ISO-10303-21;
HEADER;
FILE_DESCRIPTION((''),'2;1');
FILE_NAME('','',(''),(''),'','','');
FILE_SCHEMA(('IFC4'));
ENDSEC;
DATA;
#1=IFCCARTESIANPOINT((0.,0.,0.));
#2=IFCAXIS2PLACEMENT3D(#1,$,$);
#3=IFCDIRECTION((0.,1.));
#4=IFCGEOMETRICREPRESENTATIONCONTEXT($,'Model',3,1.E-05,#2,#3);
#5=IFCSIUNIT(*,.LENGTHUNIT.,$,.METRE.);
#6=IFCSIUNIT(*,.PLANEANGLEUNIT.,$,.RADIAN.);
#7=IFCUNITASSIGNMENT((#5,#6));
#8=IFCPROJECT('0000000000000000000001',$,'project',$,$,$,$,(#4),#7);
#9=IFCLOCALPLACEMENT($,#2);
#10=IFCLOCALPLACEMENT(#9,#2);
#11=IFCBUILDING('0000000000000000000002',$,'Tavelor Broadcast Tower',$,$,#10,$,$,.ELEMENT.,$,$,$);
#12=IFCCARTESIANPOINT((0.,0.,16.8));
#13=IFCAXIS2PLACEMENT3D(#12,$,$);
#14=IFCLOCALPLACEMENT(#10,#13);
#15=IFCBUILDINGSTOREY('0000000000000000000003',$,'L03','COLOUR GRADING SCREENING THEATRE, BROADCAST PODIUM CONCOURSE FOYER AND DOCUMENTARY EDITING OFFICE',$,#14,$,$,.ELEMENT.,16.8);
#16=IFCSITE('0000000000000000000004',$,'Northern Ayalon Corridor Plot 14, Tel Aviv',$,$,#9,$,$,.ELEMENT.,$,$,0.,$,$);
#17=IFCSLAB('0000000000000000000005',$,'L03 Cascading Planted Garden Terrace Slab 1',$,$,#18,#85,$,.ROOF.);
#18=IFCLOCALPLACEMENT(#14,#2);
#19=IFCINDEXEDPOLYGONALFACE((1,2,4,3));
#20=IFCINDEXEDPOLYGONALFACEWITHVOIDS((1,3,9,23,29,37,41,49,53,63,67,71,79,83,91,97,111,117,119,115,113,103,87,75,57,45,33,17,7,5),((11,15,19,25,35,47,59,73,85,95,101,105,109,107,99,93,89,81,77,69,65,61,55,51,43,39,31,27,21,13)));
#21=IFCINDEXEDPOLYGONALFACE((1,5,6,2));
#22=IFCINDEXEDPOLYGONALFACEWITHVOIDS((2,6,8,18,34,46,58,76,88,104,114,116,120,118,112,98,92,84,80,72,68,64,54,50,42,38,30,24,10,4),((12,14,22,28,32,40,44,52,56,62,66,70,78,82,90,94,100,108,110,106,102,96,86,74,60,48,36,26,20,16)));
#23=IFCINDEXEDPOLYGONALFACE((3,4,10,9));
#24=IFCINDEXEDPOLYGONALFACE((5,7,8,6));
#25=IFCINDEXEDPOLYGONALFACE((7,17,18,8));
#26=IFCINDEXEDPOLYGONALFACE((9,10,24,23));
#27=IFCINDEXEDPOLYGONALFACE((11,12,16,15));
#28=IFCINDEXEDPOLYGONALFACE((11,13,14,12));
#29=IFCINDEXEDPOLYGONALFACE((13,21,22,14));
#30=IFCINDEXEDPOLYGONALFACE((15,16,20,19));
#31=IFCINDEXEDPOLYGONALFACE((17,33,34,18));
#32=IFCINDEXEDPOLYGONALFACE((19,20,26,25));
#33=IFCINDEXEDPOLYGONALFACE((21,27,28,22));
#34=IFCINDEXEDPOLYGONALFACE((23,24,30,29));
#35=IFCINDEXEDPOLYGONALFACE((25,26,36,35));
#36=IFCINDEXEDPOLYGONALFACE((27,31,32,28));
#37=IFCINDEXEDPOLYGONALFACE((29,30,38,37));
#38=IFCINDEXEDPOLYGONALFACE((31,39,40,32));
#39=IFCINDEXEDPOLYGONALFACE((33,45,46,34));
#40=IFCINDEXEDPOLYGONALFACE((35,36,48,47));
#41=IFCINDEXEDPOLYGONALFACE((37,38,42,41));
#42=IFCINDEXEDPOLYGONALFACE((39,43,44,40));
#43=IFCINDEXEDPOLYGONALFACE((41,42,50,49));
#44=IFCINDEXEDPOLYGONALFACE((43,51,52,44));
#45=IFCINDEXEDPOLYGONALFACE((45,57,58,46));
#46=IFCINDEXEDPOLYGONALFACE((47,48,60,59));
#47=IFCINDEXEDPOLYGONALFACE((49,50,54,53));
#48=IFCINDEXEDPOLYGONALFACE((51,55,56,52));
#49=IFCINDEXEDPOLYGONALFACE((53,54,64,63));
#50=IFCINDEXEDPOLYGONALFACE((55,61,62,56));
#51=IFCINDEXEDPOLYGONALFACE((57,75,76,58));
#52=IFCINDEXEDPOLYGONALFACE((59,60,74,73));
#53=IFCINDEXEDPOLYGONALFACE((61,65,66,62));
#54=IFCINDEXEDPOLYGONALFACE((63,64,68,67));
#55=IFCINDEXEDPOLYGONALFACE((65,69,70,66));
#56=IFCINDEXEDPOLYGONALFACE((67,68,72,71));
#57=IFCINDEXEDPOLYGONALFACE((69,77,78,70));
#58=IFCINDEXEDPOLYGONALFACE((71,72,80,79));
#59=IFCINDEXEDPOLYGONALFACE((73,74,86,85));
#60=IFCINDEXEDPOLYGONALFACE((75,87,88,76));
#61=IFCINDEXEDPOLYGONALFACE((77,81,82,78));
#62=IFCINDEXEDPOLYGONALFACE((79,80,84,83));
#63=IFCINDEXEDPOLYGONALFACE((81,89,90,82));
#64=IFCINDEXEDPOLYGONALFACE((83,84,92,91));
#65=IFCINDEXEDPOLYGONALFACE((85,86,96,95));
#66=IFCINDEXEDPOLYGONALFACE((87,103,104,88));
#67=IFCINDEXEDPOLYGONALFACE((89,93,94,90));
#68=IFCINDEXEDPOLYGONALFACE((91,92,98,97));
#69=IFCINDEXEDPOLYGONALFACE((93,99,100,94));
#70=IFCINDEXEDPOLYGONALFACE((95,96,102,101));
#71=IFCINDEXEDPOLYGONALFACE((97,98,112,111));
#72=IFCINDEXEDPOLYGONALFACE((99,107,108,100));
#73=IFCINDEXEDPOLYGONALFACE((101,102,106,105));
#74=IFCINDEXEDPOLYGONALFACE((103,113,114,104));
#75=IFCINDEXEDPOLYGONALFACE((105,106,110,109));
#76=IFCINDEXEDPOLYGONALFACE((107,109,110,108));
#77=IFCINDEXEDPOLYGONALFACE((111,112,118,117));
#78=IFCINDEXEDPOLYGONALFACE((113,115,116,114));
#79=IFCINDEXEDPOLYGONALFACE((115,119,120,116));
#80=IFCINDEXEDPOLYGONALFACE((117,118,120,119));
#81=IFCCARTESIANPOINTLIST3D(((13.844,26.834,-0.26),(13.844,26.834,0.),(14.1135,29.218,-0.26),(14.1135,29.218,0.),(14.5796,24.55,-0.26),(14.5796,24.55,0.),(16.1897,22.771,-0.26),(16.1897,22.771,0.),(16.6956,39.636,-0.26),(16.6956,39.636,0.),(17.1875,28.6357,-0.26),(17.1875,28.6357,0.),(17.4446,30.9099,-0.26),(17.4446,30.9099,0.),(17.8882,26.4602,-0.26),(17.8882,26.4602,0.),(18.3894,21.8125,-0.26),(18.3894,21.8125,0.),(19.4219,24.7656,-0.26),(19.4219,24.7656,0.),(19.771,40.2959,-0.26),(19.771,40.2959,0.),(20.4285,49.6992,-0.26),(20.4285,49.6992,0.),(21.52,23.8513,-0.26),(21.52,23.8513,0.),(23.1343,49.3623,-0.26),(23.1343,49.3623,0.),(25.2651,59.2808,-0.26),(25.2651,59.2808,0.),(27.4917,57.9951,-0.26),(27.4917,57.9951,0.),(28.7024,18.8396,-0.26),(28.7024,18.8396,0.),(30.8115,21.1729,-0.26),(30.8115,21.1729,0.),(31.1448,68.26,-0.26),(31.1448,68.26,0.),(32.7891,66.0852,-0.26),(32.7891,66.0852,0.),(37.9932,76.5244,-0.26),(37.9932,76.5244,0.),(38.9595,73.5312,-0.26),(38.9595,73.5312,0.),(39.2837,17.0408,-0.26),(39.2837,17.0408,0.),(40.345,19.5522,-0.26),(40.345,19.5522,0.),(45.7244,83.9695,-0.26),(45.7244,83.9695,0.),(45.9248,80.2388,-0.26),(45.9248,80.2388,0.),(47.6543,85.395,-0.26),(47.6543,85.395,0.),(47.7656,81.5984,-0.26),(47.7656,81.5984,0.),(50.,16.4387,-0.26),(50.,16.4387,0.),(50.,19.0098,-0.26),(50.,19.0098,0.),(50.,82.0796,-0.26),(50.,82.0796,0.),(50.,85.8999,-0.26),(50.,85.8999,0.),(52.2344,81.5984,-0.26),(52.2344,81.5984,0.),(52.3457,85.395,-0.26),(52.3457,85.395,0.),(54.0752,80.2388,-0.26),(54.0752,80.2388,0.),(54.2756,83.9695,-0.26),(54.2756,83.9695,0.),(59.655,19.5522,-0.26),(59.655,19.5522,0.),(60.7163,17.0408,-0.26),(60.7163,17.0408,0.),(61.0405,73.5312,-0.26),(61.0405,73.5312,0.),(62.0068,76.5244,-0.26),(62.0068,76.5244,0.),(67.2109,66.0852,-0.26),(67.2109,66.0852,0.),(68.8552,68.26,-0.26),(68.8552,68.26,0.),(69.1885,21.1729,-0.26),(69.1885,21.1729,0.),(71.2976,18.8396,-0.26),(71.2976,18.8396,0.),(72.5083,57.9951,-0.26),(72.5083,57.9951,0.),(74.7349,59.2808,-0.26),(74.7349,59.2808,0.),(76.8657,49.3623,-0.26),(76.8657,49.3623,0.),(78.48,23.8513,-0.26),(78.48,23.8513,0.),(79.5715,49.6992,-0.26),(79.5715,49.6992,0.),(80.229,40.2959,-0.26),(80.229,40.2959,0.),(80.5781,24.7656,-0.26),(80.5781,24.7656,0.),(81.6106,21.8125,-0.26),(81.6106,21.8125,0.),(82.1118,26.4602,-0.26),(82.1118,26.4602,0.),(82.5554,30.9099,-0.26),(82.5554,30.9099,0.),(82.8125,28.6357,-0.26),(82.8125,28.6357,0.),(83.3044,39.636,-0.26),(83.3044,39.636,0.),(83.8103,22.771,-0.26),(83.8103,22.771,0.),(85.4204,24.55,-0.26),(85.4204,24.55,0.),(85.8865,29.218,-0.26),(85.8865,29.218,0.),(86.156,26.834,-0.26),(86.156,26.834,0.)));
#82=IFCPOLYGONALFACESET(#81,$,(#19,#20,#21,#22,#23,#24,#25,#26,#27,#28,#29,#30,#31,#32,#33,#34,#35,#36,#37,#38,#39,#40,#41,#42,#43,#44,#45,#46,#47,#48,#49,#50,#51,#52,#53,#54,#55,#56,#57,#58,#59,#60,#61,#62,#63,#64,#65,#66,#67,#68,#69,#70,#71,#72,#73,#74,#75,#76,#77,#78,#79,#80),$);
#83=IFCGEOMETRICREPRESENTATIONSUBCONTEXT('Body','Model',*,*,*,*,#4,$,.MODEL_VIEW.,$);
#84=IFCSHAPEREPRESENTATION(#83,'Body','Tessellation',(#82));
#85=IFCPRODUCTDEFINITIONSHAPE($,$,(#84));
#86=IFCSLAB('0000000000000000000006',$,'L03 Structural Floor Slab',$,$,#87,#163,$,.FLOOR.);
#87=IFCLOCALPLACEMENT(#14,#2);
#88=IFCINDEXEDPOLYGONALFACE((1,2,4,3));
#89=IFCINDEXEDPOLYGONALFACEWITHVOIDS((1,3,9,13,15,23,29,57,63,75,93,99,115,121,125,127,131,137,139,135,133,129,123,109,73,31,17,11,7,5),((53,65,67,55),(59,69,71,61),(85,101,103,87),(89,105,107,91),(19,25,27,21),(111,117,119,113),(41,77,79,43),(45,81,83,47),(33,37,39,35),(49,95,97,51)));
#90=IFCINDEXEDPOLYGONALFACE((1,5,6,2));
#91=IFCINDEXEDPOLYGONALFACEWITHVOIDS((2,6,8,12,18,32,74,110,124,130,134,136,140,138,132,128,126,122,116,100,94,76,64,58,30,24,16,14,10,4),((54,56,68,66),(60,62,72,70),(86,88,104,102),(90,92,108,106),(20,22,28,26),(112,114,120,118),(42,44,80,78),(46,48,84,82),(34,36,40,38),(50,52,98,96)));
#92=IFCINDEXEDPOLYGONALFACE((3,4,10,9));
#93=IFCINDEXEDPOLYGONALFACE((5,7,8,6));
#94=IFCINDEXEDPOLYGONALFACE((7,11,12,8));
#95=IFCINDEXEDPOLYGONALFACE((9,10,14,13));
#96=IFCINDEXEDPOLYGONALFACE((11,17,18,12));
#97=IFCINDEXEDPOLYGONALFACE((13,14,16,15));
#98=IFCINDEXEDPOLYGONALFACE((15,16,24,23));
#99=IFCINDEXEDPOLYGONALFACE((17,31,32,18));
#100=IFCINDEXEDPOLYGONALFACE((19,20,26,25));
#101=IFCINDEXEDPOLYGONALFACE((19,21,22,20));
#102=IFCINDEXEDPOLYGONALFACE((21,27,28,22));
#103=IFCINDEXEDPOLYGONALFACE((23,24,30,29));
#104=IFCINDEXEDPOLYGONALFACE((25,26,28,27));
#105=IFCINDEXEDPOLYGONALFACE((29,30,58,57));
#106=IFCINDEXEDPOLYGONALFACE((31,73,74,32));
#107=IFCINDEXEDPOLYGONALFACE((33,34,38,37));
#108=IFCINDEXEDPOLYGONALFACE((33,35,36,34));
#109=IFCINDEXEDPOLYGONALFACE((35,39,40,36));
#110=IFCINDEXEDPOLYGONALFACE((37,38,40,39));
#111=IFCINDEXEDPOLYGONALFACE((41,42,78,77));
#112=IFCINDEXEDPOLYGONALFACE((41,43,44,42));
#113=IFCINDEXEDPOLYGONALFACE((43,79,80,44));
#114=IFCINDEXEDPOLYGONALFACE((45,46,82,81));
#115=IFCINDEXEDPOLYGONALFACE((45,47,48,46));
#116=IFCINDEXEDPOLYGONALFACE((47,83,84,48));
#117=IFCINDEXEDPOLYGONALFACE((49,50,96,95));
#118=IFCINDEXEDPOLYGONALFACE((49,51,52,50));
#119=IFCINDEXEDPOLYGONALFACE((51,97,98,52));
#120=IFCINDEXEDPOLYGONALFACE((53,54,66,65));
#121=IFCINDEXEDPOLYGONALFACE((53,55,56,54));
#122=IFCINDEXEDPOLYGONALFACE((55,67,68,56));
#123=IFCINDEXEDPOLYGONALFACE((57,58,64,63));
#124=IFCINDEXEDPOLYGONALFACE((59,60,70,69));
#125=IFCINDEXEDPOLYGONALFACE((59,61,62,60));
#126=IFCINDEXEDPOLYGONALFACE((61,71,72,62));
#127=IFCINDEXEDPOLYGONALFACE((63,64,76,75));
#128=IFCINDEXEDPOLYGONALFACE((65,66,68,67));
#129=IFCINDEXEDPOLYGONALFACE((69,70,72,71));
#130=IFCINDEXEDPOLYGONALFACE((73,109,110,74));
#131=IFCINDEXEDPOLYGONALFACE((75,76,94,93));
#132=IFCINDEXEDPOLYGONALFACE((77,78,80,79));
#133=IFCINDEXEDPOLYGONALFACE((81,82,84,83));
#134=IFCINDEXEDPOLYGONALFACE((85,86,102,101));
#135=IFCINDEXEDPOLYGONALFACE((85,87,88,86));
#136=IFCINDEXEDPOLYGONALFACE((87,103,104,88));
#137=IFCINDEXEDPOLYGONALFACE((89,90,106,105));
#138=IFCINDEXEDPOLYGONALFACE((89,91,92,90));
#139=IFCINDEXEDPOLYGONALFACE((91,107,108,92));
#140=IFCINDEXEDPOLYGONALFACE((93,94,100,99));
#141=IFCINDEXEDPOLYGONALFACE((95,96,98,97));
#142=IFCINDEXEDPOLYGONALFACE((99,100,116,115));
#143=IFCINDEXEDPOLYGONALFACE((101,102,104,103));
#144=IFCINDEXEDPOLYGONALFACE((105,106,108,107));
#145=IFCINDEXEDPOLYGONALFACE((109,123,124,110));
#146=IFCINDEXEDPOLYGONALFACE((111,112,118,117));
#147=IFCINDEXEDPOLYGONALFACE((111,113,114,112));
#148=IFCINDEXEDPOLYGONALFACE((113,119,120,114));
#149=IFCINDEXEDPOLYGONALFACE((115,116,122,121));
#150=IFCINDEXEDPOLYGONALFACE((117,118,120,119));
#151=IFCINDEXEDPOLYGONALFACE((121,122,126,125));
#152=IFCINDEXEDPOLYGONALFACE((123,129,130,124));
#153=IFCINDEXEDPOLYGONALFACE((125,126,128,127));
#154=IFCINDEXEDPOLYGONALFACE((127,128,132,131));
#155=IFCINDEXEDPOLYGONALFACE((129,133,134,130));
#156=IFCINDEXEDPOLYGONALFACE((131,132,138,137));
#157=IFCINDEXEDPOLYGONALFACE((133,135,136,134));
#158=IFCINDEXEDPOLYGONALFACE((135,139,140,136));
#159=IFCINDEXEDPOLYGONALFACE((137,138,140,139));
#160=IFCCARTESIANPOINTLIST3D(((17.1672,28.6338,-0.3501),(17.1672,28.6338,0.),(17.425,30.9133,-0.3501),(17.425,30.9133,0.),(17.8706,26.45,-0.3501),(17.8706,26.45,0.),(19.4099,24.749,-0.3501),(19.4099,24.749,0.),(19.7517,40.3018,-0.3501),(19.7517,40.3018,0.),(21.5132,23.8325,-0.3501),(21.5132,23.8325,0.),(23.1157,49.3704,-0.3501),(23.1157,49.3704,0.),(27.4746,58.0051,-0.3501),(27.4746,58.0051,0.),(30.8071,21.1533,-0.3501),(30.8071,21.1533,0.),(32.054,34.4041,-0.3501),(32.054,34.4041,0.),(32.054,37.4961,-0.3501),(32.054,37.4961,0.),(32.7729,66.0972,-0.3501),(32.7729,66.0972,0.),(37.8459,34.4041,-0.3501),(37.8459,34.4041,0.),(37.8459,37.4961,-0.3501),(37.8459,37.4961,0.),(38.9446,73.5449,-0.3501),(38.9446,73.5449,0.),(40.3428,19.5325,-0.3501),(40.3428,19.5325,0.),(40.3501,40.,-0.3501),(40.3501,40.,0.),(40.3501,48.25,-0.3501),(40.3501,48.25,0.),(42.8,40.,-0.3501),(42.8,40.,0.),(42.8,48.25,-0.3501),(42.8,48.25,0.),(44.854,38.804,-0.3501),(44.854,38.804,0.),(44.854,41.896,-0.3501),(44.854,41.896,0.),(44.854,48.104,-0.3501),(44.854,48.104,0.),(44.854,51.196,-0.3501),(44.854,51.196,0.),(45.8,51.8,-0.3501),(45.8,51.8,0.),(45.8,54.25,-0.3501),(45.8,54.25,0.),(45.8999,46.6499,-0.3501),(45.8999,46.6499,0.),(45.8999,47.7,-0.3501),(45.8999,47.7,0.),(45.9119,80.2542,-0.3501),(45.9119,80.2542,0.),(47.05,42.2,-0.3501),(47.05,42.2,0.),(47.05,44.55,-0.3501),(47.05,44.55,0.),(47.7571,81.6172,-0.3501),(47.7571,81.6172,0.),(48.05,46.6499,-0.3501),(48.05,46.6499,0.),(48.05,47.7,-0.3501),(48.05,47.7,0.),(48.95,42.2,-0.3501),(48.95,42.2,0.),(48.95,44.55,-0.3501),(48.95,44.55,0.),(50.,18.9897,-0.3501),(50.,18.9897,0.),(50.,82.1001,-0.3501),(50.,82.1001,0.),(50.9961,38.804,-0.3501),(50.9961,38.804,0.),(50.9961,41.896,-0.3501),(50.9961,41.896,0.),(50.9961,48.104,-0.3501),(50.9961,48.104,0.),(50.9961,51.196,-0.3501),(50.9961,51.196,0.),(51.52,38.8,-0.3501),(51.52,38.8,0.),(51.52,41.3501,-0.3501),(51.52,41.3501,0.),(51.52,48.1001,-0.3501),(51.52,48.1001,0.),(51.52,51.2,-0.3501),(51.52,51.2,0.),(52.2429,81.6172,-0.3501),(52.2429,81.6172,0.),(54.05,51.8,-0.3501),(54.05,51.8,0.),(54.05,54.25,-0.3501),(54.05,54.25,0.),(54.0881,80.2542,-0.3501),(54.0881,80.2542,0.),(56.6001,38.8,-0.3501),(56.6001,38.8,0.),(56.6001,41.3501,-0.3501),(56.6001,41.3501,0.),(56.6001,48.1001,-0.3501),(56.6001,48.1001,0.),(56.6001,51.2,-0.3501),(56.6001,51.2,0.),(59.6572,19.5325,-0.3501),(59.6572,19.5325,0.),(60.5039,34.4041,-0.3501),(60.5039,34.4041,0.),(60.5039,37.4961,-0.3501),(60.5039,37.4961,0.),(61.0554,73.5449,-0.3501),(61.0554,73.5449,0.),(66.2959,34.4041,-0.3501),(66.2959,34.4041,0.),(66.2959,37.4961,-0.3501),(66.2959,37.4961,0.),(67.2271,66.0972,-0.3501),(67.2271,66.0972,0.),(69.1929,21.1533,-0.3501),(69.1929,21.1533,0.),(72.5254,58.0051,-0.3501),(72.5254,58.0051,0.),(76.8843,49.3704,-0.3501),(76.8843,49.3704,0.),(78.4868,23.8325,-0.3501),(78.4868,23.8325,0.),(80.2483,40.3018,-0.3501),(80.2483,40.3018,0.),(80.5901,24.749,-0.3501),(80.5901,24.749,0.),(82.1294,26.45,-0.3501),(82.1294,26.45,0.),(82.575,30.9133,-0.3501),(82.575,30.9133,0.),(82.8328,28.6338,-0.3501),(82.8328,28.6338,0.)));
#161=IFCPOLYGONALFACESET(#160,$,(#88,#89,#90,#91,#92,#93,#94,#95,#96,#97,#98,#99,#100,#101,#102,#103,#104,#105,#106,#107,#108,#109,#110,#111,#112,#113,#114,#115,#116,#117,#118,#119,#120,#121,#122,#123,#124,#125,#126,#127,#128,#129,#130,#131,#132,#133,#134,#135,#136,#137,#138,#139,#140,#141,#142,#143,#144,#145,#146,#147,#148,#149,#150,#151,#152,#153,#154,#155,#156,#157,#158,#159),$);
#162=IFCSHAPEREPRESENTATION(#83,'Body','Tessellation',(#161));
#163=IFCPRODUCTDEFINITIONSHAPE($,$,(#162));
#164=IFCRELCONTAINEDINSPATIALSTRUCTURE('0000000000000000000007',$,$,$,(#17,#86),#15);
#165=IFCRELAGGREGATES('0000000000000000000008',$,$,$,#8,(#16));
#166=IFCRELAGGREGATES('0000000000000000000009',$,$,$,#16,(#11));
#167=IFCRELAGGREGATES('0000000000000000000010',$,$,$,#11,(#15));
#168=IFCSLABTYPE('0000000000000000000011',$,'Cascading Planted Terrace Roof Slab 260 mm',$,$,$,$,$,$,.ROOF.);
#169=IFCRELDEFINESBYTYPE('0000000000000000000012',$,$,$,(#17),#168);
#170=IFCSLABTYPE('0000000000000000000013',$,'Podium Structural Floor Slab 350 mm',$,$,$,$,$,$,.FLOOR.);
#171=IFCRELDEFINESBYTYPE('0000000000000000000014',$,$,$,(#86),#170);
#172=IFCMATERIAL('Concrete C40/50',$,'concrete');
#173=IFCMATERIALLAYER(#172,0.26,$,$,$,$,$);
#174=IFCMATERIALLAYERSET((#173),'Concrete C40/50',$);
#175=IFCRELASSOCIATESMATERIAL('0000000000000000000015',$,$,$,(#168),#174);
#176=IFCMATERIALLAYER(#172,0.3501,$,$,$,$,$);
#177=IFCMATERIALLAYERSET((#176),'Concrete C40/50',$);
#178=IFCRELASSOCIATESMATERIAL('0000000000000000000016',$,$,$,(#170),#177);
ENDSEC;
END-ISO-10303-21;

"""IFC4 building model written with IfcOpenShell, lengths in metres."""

from ifc_helpers import new_model, si_unit, direction, frame, origin, place, context, subcontext, project, spatial, polyline, outline, extrude, material, layer, layer_set, type_object, element, save


model = new_model("IFC4")

# Units and contexts
model_context = context("Model", 3, precision=1e-05, world=origin(), true_north=direction((0.0, 1.0)))
body_context = subcontext(model_context, "Body", "Model", "MODEL_VIEW")
ifc_project = project(units=[si_unit("LENGTHUNIT", "METRE"), si_unit("PLANEANGLEUNIT", "RADIAN")], contexts=[model_context])

# Site, building, storey
site_placement = place(None, origin())
site = spatial("IfcSite", under=ifc_project, at=site_placement, Name="Northern Ayalon Corridor Plot 14, Tel Aviv", CompositionType="ELEMENT", RefElevation=0.0)
building_placement = place(site_placement, origin())
building = spatial("IfcBuilding", under=site, at=building_placement, Name="Tavelor Broadcast Tower", CompositionType="ELEMENT")
storey_placement = place(building_placement, frame((0.0, 0.0, 16.8)))
storey = spatial("IfcBuildingStorey", under=building, at=storey_placement, Name="L03", Description="COLOUR GRADING SCREENING THEATRE, BROADCAST PODIUM CONCOURSE FOYER AND DOCUMENTARY EDITING OFFICE", CompositionType="ELEMENT", Elevation=16.8)

# Slabs
ifc_material_1 = material(Name="Concrete C40/50", Category="concrete")
ifc_layer_1 = layer(ifc_material_1, 0.26)
ifc_layer_set_1 = layer_set([ifc_layer_1], Name="Concrete C40/50")
slab_type_1 = type_object("IfcSlabType", Name="Cascading Planted Terrace Roof Slab 260 mm", PredefinedType="ROOF", material=ifc_layer_set_1)
slab_1_placement = place(storey_placement, frame((0.0, 0.0, -0.26)))
element("IfcSlab", 1, at=slab_1_placement, inside=storey, type_object=slab_type_1, Name="L03 Cascading Planted Garden Terrace Slab 1", PredefinedType="ROOF", context=body_context, shape_type="SweptSolid", body=[
    extrude(outline(polyline([(54.2756, 83.9695), (52.3457, 85.395), (50.0, 85.8999), (47.6543, 85.395), (45.7244, 83.9695), (37.9932, 76.5244), (31.1448, 68.26), (25.2651, 59.2808), (20.4285, 49.6992), (16.6956, 39.636), (14.1135, 29.218), (13.844, 26.834), (14.5796, 24.55), (16.1897, 22.771), (18.3894, 21.8125), (28.7024, 18.8396), (39.2837, 17.0408), (50.0, 16.4387), (60.7163, 17.0408), (71.2976, 18.8396), (81.6106, 21.8125), (83.8103, 22.771), (85.4204, 24.55), (86.156, 26.834), (85.8865, 29.218), (83.3044, 39.636), (79.5715, 49.6992), (74.7349, 59.2808), (68.8552, 68.26), (62.0068, 76.5244), (54.2756, 83.9695)]), holes=[polyline([(54.0752, 80.2388), (61.0405, 73.5312), (67.2109, 66.0852), (72.5083, 57.9951), (76.8657, 49.3623), (80.229, 40.2959), (82.5554, 30.9099), (82.8125, 28.6357), (82.1118, 26.4602), (80.5781, 24.7656), (78.48, 23.8513), (69.1885, 21.1729), (59.655, 19.5522), (50.0, 19.0098), (40.345, 19.5522), (30.8115, 21.1729), (21.52, 23.8513), (19.4219, 24.7656), (17.8882, 26.4602), (17.1875, 28.6357), (17.4446, 30.9099), (19.771, 40.2959), (23.1343, 49.3623), (27.4917, 57.9951), (32.7891, 66.0852), (38.9595, 73.5312), (45.9248, 80.2388), (47.7656, 81.5984), (50.0, 82.0796), (52.2344, 81.5984), (54.0752, 80.2388)])]), origin(), (0.0, 0.0, 1.0), 0.26),
])
ifc_layer_2 = layer(ifc_material_1, 0.3501)
ifc_layer_set_2 = layer_set([ifc_layer_2], Name="Concrete C40/50")
slab_type_2 = type_object("IfcSlabType", Name="Podium Structural Floor Slab 350 mm", PredefinedType="FLOOR", material=ifc_layer_set_2)
slab_2_placement = place(storey_placement, frame((0.0, 0.0, -0.3501)))
element("IfcSlab", 2, at=slab_2_placement, inside=storey, type_object=slab_type_2, Name="L03 Structural Floor Slab", PredefinedType="FLOOR", context=body_context, shape_type="SweptSolid", body=[
    extrude(outline(polyline([(54.0881, 80.2542), (52.2429, 81.6172), (50.0, 82.1001), (47.7571, 81.6172), (45.9119, 80.2542), (38.9446, 73.5449), (32.7729, 66.0972), (27.4746, 58.0051), (23.1157, 49.3704), (19.7517, 40.3018), (17.425, 30.9133), (17.1672, 28.6338), (17.8706, 26.45), (19.4099, 24.749), (21.5132, 23.8325), (30.8071, 21.1533), (40.3428, 19.5325), (50.0, 18.9897), (59.6572, 19.5325), (69.1929, 21.1533), (78.4868, 23.8325), (80.5901, 24.749), (82.1294, 26.45), (82.8328, 28.6338), (82.575, 30.9133), (80.2483, 40.3018), (76.8843, 49.3704), (72.5254, 58.0051), (67.2271, 66.0972), (61.0554, 73.5449), (54.0881, 80.2542)]), holes=[polyline([(37.8459, 34.4041), (32.054, 34.4041), (32.054, 37.4961), (37.8459, 37.4961), (37.8459, 34.4041)]), polyline([(66.2959, 34.4041), (60.5039, 34.4041), (60.5039, 37.4961), (66.2959, 37.4961), (66.2959, 34.4041)]), polyline([(56.6001, 38.8), (51.52, 38.8), (51.52, 41.3501), (56.6001, 41.3501), (56.6001, 38.8)]), polyline([(44.854, 38.804), (44.854, 41.896), (50.9961, 41.896), (50.9961, 38.804), (44.854, 38.804)]), polyline([(47.05, 44.55), (48.95, 44.55), (48.95, 42.2), (47.05, 42.2), (47.05, 44.55)]), polyline([(40.3501, 40.0), (40.3501, 48.25), (42.8, 48.25), (42.8, 40.0), (40.3501, 40.0)]), polyline([(48.05, 46.6499), (45.8999, 46.6499), (45.8999, 47.7), (48.05, 47.7), (48.05, 46.6499)]), polyline([(50.9961, 48.104), (44.854, 48.104), (44.854, 51.196), (50.9961, 51.196), (50.9961, 48.104)]), polyline([(51.52, 48.1001), (51.52, 51.2), (56.6001, 51.2), (56.6001, 48.1001), (51.52, 48.1001)]), polyline([(45.8, 51.8), (45.8, 54.25), (54.05, 54.25), (54.05, 51.8), (45.8, 51.8)])]), origin(), (0.0, 0.0, 1.0), 0.3501),
])

save(model, "model.ifc")
